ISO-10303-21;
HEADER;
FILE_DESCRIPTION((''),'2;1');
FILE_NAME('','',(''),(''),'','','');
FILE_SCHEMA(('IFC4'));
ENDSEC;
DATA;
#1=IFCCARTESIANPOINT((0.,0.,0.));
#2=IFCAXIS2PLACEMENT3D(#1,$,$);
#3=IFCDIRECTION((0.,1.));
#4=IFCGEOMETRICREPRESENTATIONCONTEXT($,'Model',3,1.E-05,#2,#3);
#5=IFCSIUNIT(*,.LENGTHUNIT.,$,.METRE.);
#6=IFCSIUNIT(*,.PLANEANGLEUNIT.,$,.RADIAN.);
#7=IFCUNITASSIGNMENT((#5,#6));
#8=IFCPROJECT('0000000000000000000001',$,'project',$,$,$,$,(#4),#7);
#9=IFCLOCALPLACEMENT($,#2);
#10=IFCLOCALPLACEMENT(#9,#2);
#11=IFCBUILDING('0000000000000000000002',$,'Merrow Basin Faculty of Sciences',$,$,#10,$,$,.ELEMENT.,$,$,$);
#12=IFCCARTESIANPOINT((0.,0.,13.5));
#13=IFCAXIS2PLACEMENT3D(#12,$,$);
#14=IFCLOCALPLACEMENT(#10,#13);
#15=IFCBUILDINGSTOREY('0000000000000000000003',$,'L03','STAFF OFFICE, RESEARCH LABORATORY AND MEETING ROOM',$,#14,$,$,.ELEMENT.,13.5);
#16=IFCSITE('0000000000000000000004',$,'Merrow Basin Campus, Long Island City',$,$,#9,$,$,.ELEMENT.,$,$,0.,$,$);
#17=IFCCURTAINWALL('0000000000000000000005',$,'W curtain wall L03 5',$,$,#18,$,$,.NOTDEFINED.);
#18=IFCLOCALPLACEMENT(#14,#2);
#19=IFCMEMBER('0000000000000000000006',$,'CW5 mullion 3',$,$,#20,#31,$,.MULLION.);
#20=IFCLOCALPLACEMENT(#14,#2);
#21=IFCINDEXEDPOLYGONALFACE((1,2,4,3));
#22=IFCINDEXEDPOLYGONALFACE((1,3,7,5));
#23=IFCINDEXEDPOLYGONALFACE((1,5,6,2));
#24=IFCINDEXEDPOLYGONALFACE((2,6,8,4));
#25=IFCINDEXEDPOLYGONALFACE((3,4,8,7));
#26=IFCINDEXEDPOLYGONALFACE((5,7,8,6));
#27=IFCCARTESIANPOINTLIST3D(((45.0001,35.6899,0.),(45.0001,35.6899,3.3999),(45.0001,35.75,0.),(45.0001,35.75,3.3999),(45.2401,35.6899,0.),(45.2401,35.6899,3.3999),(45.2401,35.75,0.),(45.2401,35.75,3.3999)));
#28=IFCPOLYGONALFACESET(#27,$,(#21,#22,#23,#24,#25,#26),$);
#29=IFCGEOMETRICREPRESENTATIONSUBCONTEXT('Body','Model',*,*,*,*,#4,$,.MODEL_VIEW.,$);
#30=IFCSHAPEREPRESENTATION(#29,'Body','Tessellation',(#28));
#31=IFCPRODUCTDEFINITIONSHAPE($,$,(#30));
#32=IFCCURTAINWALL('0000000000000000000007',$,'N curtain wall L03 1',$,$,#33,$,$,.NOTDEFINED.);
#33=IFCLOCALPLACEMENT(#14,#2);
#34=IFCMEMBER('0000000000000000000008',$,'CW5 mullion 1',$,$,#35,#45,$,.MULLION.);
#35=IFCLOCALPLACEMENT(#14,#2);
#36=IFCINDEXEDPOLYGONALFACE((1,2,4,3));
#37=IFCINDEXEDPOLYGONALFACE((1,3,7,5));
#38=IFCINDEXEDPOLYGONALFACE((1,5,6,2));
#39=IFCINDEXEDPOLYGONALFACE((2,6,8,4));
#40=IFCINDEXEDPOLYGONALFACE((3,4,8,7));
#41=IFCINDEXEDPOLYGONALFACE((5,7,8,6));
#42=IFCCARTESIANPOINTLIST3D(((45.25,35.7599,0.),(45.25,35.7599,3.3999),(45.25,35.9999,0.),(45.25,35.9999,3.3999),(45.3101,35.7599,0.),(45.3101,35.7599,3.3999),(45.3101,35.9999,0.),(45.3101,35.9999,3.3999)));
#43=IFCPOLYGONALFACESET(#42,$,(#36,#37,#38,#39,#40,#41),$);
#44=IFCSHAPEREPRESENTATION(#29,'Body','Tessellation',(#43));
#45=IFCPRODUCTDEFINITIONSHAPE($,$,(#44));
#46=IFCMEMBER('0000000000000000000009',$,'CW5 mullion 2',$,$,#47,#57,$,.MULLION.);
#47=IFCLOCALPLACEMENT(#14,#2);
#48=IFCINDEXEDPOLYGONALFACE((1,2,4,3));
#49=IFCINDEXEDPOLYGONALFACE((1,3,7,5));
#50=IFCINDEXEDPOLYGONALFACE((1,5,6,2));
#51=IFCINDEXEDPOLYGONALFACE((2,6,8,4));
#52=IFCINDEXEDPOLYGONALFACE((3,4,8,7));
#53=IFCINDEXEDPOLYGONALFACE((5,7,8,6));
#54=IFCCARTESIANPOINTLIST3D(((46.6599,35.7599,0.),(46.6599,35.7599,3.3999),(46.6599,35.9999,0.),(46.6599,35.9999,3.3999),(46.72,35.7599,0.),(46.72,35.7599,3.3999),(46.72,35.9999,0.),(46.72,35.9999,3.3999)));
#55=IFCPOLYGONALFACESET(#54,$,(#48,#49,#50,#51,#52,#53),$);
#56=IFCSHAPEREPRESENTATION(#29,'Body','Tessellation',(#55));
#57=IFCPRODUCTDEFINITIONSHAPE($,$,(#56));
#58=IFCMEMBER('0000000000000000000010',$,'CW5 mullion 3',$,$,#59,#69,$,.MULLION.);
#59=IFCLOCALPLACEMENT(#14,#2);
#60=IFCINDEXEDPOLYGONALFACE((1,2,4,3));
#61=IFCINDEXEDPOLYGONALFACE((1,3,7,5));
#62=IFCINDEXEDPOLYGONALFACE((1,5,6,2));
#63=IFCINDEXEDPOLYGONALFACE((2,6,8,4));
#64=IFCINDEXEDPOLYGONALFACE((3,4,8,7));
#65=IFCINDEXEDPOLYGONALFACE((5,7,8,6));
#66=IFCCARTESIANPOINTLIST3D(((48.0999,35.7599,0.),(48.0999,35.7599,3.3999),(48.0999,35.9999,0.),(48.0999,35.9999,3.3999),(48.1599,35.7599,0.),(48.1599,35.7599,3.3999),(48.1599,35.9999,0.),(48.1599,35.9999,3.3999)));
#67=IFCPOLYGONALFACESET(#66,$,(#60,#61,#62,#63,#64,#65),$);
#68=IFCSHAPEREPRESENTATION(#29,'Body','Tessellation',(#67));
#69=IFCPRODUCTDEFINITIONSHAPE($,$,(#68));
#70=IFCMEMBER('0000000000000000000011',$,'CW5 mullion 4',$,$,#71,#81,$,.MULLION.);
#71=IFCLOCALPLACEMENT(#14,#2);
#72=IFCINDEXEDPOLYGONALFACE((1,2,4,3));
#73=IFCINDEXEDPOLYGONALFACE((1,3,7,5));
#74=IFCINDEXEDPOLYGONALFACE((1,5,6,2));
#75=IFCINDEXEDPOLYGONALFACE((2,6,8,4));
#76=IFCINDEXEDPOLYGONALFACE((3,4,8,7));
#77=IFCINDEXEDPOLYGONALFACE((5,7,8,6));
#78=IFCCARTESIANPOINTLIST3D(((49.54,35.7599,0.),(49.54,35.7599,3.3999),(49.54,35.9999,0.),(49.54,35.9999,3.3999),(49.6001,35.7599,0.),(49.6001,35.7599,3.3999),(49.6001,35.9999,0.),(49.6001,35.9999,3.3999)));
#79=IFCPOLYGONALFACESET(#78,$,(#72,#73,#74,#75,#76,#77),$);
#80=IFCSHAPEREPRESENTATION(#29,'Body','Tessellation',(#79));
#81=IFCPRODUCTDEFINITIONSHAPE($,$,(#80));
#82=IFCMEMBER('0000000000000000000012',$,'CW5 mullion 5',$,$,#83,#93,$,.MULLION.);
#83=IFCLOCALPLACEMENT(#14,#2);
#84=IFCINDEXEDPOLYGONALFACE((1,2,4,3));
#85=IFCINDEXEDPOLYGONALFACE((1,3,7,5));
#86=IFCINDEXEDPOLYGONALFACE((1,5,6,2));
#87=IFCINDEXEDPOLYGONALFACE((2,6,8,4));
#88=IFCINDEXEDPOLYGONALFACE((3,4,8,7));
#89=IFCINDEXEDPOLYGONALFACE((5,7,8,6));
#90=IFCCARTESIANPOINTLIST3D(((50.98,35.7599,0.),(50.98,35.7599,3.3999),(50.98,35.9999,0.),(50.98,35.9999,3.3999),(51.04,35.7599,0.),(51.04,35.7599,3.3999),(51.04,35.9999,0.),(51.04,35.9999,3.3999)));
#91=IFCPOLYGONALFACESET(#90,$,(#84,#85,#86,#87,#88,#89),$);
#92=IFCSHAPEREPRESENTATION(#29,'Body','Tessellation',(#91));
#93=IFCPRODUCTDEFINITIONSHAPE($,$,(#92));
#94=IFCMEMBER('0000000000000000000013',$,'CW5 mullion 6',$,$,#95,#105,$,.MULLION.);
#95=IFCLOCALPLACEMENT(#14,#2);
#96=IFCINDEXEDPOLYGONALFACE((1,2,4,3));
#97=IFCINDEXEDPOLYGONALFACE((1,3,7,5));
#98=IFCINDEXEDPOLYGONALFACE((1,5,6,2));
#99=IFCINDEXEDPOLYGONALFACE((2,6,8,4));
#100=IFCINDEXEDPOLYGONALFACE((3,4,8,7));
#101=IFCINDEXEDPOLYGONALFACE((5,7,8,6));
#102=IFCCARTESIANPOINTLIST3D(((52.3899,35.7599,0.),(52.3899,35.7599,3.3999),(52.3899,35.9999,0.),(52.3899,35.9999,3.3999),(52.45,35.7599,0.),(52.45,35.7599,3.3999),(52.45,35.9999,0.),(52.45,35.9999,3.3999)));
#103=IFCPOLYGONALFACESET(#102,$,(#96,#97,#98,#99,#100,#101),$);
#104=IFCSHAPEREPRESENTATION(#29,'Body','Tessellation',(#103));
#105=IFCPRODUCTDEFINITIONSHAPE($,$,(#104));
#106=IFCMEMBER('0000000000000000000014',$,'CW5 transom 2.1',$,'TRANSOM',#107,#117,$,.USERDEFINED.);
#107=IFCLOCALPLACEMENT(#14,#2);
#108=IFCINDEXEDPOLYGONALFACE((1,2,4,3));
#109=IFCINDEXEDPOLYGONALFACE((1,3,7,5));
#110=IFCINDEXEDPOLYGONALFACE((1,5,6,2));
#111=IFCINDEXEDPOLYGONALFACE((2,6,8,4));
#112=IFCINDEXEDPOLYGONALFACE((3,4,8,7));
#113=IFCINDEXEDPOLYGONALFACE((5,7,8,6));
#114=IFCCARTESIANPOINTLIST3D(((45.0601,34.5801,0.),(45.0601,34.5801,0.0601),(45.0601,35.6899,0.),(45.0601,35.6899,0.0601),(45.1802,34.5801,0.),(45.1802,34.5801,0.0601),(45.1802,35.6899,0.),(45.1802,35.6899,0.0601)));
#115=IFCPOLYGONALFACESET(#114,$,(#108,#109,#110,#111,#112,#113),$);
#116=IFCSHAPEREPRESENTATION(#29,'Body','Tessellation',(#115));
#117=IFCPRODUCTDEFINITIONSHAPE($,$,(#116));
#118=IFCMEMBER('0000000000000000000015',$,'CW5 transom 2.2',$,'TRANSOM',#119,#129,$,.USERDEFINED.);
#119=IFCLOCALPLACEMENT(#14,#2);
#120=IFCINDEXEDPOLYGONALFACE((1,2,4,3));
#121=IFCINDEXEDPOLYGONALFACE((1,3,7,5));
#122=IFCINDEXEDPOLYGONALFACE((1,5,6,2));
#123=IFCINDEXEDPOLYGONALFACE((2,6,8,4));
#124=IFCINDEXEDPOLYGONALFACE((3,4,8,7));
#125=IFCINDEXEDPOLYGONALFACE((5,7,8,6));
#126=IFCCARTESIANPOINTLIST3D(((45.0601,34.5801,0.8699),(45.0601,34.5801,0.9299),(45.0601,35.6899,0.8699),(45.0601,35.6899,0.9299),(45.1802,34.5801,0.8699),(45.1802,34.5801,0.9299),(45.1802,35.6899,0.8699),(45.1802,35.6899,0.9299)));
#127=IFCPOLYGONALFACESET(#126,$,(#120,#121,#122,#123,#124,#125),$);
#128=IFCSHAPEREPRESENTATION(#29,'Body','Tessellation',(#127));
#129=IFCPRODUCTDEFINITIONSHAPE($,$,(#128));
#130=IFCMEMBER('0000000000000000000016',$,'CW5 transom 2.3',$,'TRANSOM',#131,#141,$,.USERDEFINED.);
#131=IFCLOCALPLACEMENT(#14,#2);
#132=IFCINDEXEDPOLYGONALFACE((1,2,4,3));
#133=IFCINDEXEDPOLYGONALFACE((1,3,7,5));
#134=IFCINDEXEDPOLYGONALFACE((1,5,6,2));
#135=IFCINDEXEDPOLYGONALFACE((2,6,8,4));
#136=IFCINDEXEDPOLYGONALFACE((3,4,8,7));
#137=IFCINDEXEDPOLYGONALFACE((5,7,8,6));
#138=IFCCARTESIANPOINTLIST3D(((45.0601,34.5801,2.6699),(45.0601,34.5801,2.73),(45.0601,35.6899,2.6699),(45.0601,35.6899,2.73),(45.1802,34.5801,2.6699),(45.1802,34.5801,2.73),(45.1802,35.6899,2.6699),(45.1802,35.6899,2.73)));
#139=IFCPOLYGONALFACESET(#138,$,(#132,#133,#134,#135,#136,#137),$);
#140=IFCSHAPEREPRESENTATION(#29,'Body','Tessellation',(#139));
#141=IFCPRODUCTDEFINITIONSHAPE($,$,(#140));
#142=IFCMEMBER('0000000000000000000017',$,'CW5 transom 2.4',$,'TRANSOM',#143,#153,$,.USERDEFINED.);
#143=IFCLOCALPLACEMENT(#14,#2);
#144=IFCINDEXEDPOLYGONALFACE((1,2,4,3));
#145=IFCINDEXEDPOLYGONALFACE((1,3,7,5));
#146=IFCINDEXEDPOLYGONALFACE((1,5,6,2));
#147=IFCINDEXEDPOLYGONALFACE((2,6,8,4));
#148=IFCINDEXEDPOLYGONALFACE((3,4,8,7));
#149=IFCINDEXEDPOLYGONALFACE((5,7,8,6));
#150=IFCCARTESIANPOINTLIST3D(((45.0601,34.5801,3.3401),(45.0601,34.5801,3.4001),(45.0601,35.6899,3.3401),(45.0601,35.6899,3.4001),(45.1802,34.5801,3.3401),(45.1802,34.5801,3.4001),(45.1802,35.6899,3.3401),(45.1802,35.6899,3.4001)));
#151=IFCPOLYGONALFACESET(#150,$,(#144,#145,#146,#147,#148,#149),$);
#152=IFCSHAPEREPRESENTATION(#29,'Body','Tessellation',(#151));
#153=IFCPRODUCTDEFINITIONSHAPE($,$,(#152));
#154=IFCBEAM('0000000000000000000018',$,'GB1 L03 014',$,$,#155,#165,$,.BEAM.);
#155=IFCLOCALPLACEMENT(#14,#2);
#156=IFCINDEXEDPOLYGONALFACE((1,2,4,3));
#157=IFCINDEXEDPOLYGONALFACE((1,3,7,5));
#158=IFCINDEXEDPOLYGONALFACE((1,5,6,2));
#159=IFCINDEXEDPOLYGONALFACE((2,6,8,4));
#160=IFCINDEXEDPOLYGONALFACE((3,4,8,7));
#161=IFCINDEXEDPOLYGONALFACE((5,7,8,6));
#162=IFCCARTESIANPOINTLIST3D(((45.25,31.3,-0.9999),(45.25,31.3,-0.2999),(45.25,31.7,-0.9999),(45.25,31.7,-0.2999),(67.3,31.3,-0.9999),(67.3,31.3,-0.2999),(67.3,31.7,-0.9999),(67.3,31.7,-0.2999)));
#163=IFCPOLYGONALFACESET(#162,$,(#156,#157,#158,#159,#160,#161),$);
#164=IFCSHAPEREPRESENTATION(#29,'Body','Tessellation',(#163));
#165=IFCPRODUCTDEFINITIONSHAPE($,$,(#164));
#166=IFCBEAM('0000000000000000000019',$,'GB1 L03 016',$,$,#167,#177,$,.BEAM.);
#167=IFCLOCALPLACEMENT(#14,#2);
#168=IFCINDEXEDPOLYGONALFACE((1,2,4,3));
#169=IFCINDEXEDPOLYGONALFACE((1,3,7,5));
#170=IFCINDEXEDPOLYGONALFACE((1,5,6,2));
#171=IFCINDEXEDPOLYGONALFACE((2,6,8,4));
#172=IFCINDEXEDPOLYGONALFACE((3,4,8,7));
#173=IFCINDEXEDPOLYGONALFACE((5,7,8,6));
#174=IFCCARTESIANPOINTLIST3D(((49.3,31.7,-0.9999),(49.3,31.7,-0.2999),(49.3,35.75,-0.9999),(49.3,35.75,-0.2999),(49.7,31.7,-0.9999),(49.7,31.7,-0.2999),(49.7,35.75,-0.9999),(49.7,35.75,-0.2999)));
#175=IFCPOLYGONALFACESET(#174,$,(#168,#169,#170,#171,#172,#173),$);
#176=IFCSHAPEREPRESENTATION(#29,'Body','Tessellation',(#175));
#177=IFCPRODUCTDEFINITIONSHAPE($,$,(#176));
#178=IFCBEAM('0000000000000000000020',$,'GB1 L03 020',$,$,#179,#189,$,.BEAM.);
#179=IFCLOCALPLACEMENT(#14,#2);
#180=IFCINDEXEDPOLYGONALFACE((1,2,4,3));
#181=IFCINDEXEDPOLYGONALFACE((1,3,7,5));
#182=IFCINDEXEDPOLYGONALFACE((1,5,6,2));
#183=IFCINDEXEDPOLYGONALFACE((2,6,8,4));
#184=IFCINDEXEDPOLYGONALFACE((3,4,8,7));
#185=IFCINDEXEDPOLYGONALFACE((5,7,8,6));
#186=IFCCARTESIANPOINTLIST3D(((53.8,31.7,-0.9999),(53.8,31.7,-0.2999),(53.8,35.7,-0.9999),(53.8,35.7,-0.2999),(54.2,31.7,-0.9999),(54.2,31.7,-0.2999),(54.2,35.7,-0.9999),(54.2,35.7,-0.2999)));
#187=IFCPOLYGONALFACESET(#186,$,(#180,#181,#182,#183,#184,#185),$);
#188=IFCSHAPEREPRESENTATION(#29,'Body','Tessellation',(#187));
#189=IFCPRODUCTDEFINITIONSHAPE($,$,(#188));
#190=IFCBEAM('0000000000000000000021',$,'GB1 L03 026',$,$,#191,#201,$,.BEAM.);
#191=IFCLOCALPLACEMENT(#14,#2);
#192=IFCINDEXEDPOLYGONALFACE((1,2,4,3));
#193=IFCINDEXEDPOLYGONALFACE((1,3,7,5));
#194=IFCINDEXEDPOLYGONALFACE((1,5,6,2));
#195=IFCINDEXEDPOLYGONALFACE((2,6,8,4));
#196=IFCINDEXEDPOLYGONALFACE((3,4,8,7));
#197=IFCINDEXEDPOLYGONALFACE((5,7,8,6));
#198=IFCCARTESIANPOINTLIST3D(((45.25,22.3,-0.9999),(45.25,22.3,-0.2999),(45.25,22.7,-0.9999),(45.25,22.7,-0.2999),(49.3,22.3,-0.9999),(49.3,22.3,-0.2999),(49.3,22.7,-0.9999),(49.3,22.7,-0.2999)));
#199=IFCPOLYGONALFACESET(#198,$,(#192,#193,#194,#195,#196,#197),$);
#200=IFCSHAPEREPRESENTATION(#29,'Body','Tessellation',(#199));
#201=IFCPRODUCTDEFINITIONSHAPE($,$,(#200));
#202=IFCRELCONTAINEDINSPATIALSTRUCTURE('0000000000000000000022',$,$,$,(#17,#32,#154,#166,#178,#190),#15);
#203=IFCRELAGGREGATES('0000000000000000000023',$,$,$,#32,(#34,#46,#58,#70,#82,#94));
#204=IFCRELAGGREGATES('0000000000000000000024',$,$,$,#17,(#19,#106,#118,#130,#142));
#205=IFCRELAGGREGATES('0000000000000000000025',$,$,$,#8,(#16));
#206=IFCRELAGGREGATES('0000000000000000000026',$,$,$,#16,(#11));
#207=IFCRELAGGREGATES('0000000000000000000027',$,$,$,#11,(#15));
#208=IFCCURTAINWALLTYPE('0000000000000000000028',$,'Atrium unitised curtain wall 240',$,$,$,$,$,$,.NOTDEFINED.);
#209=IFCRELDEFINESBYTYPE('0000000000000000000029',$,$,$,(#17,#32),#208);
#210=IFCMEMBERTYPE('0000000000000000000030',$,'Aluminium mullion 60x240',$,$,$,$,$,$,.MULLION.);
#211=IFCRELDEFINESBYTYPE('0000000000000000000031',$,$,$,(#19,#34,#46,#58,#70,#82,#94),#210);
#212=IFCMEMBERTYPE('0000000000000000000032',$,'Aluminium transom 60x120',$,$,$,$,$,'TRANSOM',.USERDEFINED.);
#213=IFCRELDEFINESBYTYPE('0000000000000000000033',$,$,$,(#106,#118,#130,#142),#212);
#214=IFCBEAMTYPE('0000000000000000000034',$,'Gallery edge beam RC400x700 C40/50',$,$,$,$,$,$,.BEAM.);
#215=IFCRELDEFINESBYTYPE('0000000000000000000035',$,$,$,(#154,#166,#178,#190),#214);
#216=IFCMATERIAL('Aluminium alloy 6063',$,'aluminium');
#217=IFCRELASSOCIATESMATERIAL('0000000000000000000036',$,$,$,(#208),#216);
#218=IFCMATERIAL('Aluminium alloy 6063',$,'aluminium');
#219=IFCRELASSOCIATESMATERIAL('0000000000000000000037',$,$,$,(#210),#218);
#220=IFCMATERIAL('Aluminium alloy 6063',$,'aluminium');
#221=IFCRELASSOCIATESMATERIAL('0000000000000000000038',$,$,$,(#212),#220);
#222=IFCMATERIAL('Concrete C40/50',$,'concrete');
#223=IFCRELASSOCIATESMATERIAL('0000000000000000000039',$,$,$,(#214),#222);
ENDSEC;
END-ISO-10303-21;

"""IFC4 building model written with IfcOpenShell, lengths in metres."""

from ifc_helpers import new_model, si_unit, direction, frame, origin, origin_2d, place, context, subcontext, project, spatial, rectangle, extrude, material, material_profile, profile_set, type_object, element, aggregate, save


model = new_model("IFC4")

# Units and contexts
model_context = context("Model", 3, precision=1e-05, world=origin(), true_north=direction((0.0, 1.0)))
body_context = subcontext(model_context, "Body", "Model", "MODEL_VIEW")
ifc_project = project(units=[si_unit("LENGTHUNIT", "METRE"), si_unit("PLANEANGLEUNIT", "RADIAN")], contexts=[model_context])

# Site, building, storey
site_placement = place(None, origin())
site = spatial("IfcSite", under=ifc_project, at=site_placement, Name="Merrow Basin Campus, Long Island City", CompositionType="ELEMENT", RefElevation=0.0)
building_placement = place(site_placement, origin())
building = spatial("IfcBuilding", under=site, at=building_placement, Name="Merrow Basin Faculty of Sciences", CompositionType="ELEMENT")
storey_placement = place(building_placement, frame((0.0, 0.0, 13.5)))
storey = spatial("IfcBuildingStorey", under=building, at=storey_placement, Name="L03", Description="STAFF OFFICE, RESEARCH LABORATORY AND MEETING ROOM", CompositionType="ELEMENT", Elevation=13.5)

# Curtain wall, member
ifc_material_1 = material(Name="Aluminium alloy 6063", Category="aluminium")
curtain_wall_type = type_object("IfcCurtainWallType", Name="Atrium unitised curtain wall 240", PredefinedType="NOTDEFINED", material=ifc_material_1)
curtain_wall_1_placement = place(storey_placement, origin())
curtain_wall_1 = element("IfcCurtainWall", 1, at=curtain_wall_1_placement, inside=storey, type_object=curtain_wall_type, Name="W curtain wall L03 5", PredefinedType="NOTDEFINED")
ifc_material_2 = material(Name="Aluminium alloy 6063", Category="aluminium")
ifc_material_profile_1 = material_profile(ifc_material_2, rectangle(XDim=0.24, YDim=0.0601, at=origin_2d()))
ifc_profile_set_1 = profile_set([ifc_material_profile_1], Name="Aluminium alloy 6063")
member_type_1 = type_object("IfcMemberType", Name="Aluminium mullion 60x240", PredefinedType="MULLION", material=ifc_profile_set_1)
member_1_placement = place(storey_placement, frame((45.1201, 35.72, 0.0), z_axis=(0.0, 0.0, 1.0), x_axis=(-1.0, 0.0, 0.0)))
member_1 = element("IfcMember", 2, at=member_1_placement, type_object=member_type_1, Name="CW5 mullion 3", PredefinedType="MULLION", context=body_context, shape_type="SweptSolid", body=[
    extrude(rectangle(XDim=0.24, YDim=0.0601, at=origin_2d()), origin(), (0.0, 0.0, 1.0), 3.3999),
])

# Curtain wall, members
curtain_wall_2_placement = place(storey_placement, origin())
curtain_wall_2 = element("IfcCurtainWall", 3, at=curtain_wall_2_placement, inside=storey, type_object=curtain_wall_type, Name="N curtain wall L03 1", PredefinedType="NOTDEFINED")
member_2_placement = place(storey_placement, frame((45.28, 35.8799, 0.0), z_axis=(0.0, 0.0, 1.0), x_axis=(0.0, 1.0, 0.0)))
member_2 = element("IfcMember", 4, at=member_2_placement, type_object=member_type_1, Name="CW5 mullion 1", PredefinedType="MULLION", context=body_context, shape_type="SweptSolid", body=[
    extrude(rectangle(XDim=0.24, YDim=0.0601, at=origin_2d()), origin(), (0.0, 0.0, 1.0), 3.3999),
])
member_3_placement = place(storey_placement, frame((46.6899, 35.8799, 0.0), z_axis=(0.0, 0.0, 1.0), x_axis=(0.0, 1.0, 0.0)))
member_3 = element("IfcMember", 5, at=member_3_placement, type_object=member_type_1, Name="CW5 mullion 2", PredefinedType="MULLION", context=body_context, shape_type="SweptSolid", body=[
    extrude(rectangle(XDim=0.24, YDim=0.0601, at=origin_2d()), origin(), (0.0, 0.0, 1.0), 3.3999),
])
member_4_placement = place(storey_placement, frame((48.1299, 35.8799, 0.0), z_axis=(0.0, 0.0, 1.0), x_axis=(0.0, 1.0, 0.0)))
member_4 = element("IfcMember", 6, at=member_4_placement, type_object=member_type_1, Name="CW5 mullion 3", PredefinedType="MULLION", context=body_context, shape_type="SweptSolid", body=[
    extrude(rectangle(XDim=0.24, YDim=0.0601, at=origin_2d()), origin(), (0.0, 0.0, 1.0), 3.3999),
])
member_5_placement = place(storey_placement, frame((49.5701, 35.8799, 0.0), z_axis=(0.0, 0.0, 1.0), x_axis=(0.0, 1.0, 0.0)))
member_5 = element("IfcMember", 7, at=member_5_placement, type_object=member_type_1, Name="CW5 mullion 4", PredefinedType="MULLION", context=body_context, shape_type="SweptSolid", body=[
    extrude(rectangle(XDim=0.24, YDim=0.0601, at=origin_2d()), origin(), (0.0, 0.0, 1.0), 3.3999),
])
member_6_placement = place(storey_placement, frame((51.01, 35.8799, 0.0), z_axis=(0.0, 0.0, 1.0), x_axis=(0.0, 1.0, 0.0)))
member_6 = element("IfcMember", 8, at=member_6_placement, type_object=member_type_1, Name="CW5 mullion 5", PredefinedType="MULLION", context=body_context, shape_type="SweptSolid", body=[
    extrude(rectangle(XDim=0.24, YDim=0.0601, at=origin_2d()), origin(), (0.0, 0.0, 1.0), 3.3999),
])
member_7_placement = place(storey_placement, frame((52.4199, 35.8799, 0.0), z_axis=(0.0, 0.0, 1.0), x_axis=(0.0, 1.0, 0.0)))
member_7 = element("IfcMember", 9, at=member_7_placement, type_object=member_type_1, Name="CW5 mullion 6", PredefinedType="MULLION", context=body_context, shape_type="SweptSolid", body=[
    extrude(rectangle(XDim=0.24, YDim=0.0601, at=origin_2d()), origin(), (0.0, 0.0, 1.0), 3.3999),
])
aggregate(curtain_wall_2, [member_2, member_3, member_4, member_5, member_6, member_7])

# Members
ifc_material_3 = material(Name="Aluminium alloy 6063", Category="aluminium")
ifc_material_profile_2 = material_profile(ifc_material_3, rectangle(XDim=0.1201, YDim=0.0601, at=origin_2d()))
ifc_profile_set_2 = profile_set([ifc_material_profile_2], Name="Aluminium alloy 6063")
member_type_2 = type_object("IfcMemberType", Name="Aluminium transom 60x120", ElementType="TRANSOM", PredefinedType="USERDEFINED", material=ifc_profile_set_2)
member_8_placement = place(storey_placement, frame((45.1201, 34.5801, 0.03), z_axis=(0.0, 1.0, 0.0), x_axis=(-1.0, 0.0, 0.0)))
member_8 = element("IfcMember", 10, at=member_8_placement, type_object=member_type_2, Name="CW5 transom 2.1", ObjectType="TRANSOM", PredefinedType="USERDEFINED", context=body_context, shape_type="SweptSolid", body=[
    extrude(rectangle(XDim=0.1201, YDim=0.0601, at=origin_2d()), origin(), (0.0, 0.0, 1.0), 1.1099),
])
member_9_placement = place(storey_placement, frame((45.1201, 34.5801, 0.8999), z_axis=(0.0, 1.0, 0.0), x_axis=(-1.0, 0.0, 0.0)))
member_9 = element("IfcMember", 11, at=member_9_placement, type_object=member_type_2, Name="CW5 transom 2.2", ObjectType="TRANSOM", PredefinedType="USERDEFINED", context=body_context, shape_type="SweptSolid", body=[
    extrude(rectangle(XDim=0.1201, YDim=0.0601, at=origin_2d()), origin(), (0.0, 0.0, 1.0), 1.1099),
])
member_10_placement = place(storey_placement, frame((45.1201, 34.5801, 2.7), z_axis=(0.0, 1.0, 0.0), x_axis=(-1.0, 0.0, 0.0)))
member_10 = element("IfcMember", 12, at=member_10_placement, type_object=member_type_2, Name="CW5 transom 2.3", ObjectType="TRANSOM", PredefinedType="USERDEFINED", context=body_context, shape_type="SweptSolid", body=[
    extrude(rectangle(XDim=0.1201, YDim=0.0601, at=origin_2d()), origin(), (0.0, 0.0, 1.0), 1.1099),
])
member_11_placement = place(storey_placement, frame((45.1201, 34.5801, 3.3701), z_axis=(0.0, 1.0, 0.0), x_axis=(-1.0, 0.0, 0.0)))
member_11 = element("IfcMember", 13, at=member_11_placement, type_object=member_type_2, Name="CW5 transom 2.4", ObjectType="TRANSOM", PredefinedType="USERDEFINED", context=body_context, shape_type="SweptSolid", body=[
    extrude(rectangle(XDim=0.1201, YDim=0.0601, at=origin_2d()), origin(), (0.0, 0.0, 1.0), 1.1099),
])

# Beams
ifc_material_4 = material(Name="Concrete C40/50", Category="concrete")
ifc_material_profile_3 = material_profile(ifc_material_4, rectangle(XDim=0.3999, YDim=0.7, at=origin_2d()))
ifc_profile_set_3 = profile_set([ifc_material_profile_3], Name="Concrete C40/50")
beam_type = type_object("IfcBeamType", Name="Gallery edge beam RC400x700 C40/50", PredefinedType="BEAM", material=ifc_profile_set_3)
beam_1_placement = place(storey_placement, frame((45.25, 31.5, -0.6499), z_axis=(1.0, 0.0, 0.0), x_axis=(0.0, 1.0, 0.0)))
element("IfcBeam", 14, at=beam_1_placement, inside=storey, type_object=beam_type, Name="GB1 L03 014", PredefinedType="BEAM", context=body_context, shape_type="SweptSolid", body=[
    extrude(rectangle(XDim=0.3999, YDim=0.7, at=origin_2d()), origin(), (0.0, 0.0, 1.0), 22.05),
])
beam_2_placement = place(storey_placement, frame((49.5, 31.7, -0.6499), z_axis=(0.0, 1.0, 0.0), x_axis=(-1.0, 0.0, 0.0)))
element("IfcBeam", 15, at=beam_2_placement, inside=storey, type_object=beam_type, Name="GB1 L03 016", PredefinedType="BEAM", context=body_context, shape_type="SweptSolid", body=[
    extrude(rectangle(XDim=0.3999, YDim=0.7, at=origin_2d()), origin(), (0.0, 0.0, 1.0), 4.05),
])
beam_3_placement = place(storey_placement, frame((54.0, 31.7, -0.6499), z_axis=(0.0, 1.0, 0.0), x_axis=(-1.0, 0.0, 0.0)))
element("IfcBeam", 16, at=beam_3_placement, inside=storey, type_object=beam_type, Name="GB1 L03 020", PredefinedType="BEAM", context=body_context, shape_type="SweptSolid", body=[
    extrude(rectangle(XDim=0.3999, YDim=0.7, at=origin_2d()), origin(), (0.0, 0.0, 1.0), 4.0),
])
beam_4_placement = place(storey_placement, frame((45.25, 22.5, -0.6499), z_axis=(1.0, 0.0, 0.0), x_axis=(0.0, 1.0, 0.0)))
element("IfcBeam", 17, at=beam_4_placement, inside=storey, type_object=beam_type, Name="GB1 L03 026", PredefinedType="BEAM", context=body_context, shape_type="SweptSolid", body=[
    extrude(rectangle(XDim=0.3999, YDim=0.7, at=origin_2d()), origin(), (0.0, 0.0, 1.0), 4.05),
])

aggregate(curtain_wall_1, [member_1, member_8, member_9, member_10, member_11])

save(model, "model.ifc")
